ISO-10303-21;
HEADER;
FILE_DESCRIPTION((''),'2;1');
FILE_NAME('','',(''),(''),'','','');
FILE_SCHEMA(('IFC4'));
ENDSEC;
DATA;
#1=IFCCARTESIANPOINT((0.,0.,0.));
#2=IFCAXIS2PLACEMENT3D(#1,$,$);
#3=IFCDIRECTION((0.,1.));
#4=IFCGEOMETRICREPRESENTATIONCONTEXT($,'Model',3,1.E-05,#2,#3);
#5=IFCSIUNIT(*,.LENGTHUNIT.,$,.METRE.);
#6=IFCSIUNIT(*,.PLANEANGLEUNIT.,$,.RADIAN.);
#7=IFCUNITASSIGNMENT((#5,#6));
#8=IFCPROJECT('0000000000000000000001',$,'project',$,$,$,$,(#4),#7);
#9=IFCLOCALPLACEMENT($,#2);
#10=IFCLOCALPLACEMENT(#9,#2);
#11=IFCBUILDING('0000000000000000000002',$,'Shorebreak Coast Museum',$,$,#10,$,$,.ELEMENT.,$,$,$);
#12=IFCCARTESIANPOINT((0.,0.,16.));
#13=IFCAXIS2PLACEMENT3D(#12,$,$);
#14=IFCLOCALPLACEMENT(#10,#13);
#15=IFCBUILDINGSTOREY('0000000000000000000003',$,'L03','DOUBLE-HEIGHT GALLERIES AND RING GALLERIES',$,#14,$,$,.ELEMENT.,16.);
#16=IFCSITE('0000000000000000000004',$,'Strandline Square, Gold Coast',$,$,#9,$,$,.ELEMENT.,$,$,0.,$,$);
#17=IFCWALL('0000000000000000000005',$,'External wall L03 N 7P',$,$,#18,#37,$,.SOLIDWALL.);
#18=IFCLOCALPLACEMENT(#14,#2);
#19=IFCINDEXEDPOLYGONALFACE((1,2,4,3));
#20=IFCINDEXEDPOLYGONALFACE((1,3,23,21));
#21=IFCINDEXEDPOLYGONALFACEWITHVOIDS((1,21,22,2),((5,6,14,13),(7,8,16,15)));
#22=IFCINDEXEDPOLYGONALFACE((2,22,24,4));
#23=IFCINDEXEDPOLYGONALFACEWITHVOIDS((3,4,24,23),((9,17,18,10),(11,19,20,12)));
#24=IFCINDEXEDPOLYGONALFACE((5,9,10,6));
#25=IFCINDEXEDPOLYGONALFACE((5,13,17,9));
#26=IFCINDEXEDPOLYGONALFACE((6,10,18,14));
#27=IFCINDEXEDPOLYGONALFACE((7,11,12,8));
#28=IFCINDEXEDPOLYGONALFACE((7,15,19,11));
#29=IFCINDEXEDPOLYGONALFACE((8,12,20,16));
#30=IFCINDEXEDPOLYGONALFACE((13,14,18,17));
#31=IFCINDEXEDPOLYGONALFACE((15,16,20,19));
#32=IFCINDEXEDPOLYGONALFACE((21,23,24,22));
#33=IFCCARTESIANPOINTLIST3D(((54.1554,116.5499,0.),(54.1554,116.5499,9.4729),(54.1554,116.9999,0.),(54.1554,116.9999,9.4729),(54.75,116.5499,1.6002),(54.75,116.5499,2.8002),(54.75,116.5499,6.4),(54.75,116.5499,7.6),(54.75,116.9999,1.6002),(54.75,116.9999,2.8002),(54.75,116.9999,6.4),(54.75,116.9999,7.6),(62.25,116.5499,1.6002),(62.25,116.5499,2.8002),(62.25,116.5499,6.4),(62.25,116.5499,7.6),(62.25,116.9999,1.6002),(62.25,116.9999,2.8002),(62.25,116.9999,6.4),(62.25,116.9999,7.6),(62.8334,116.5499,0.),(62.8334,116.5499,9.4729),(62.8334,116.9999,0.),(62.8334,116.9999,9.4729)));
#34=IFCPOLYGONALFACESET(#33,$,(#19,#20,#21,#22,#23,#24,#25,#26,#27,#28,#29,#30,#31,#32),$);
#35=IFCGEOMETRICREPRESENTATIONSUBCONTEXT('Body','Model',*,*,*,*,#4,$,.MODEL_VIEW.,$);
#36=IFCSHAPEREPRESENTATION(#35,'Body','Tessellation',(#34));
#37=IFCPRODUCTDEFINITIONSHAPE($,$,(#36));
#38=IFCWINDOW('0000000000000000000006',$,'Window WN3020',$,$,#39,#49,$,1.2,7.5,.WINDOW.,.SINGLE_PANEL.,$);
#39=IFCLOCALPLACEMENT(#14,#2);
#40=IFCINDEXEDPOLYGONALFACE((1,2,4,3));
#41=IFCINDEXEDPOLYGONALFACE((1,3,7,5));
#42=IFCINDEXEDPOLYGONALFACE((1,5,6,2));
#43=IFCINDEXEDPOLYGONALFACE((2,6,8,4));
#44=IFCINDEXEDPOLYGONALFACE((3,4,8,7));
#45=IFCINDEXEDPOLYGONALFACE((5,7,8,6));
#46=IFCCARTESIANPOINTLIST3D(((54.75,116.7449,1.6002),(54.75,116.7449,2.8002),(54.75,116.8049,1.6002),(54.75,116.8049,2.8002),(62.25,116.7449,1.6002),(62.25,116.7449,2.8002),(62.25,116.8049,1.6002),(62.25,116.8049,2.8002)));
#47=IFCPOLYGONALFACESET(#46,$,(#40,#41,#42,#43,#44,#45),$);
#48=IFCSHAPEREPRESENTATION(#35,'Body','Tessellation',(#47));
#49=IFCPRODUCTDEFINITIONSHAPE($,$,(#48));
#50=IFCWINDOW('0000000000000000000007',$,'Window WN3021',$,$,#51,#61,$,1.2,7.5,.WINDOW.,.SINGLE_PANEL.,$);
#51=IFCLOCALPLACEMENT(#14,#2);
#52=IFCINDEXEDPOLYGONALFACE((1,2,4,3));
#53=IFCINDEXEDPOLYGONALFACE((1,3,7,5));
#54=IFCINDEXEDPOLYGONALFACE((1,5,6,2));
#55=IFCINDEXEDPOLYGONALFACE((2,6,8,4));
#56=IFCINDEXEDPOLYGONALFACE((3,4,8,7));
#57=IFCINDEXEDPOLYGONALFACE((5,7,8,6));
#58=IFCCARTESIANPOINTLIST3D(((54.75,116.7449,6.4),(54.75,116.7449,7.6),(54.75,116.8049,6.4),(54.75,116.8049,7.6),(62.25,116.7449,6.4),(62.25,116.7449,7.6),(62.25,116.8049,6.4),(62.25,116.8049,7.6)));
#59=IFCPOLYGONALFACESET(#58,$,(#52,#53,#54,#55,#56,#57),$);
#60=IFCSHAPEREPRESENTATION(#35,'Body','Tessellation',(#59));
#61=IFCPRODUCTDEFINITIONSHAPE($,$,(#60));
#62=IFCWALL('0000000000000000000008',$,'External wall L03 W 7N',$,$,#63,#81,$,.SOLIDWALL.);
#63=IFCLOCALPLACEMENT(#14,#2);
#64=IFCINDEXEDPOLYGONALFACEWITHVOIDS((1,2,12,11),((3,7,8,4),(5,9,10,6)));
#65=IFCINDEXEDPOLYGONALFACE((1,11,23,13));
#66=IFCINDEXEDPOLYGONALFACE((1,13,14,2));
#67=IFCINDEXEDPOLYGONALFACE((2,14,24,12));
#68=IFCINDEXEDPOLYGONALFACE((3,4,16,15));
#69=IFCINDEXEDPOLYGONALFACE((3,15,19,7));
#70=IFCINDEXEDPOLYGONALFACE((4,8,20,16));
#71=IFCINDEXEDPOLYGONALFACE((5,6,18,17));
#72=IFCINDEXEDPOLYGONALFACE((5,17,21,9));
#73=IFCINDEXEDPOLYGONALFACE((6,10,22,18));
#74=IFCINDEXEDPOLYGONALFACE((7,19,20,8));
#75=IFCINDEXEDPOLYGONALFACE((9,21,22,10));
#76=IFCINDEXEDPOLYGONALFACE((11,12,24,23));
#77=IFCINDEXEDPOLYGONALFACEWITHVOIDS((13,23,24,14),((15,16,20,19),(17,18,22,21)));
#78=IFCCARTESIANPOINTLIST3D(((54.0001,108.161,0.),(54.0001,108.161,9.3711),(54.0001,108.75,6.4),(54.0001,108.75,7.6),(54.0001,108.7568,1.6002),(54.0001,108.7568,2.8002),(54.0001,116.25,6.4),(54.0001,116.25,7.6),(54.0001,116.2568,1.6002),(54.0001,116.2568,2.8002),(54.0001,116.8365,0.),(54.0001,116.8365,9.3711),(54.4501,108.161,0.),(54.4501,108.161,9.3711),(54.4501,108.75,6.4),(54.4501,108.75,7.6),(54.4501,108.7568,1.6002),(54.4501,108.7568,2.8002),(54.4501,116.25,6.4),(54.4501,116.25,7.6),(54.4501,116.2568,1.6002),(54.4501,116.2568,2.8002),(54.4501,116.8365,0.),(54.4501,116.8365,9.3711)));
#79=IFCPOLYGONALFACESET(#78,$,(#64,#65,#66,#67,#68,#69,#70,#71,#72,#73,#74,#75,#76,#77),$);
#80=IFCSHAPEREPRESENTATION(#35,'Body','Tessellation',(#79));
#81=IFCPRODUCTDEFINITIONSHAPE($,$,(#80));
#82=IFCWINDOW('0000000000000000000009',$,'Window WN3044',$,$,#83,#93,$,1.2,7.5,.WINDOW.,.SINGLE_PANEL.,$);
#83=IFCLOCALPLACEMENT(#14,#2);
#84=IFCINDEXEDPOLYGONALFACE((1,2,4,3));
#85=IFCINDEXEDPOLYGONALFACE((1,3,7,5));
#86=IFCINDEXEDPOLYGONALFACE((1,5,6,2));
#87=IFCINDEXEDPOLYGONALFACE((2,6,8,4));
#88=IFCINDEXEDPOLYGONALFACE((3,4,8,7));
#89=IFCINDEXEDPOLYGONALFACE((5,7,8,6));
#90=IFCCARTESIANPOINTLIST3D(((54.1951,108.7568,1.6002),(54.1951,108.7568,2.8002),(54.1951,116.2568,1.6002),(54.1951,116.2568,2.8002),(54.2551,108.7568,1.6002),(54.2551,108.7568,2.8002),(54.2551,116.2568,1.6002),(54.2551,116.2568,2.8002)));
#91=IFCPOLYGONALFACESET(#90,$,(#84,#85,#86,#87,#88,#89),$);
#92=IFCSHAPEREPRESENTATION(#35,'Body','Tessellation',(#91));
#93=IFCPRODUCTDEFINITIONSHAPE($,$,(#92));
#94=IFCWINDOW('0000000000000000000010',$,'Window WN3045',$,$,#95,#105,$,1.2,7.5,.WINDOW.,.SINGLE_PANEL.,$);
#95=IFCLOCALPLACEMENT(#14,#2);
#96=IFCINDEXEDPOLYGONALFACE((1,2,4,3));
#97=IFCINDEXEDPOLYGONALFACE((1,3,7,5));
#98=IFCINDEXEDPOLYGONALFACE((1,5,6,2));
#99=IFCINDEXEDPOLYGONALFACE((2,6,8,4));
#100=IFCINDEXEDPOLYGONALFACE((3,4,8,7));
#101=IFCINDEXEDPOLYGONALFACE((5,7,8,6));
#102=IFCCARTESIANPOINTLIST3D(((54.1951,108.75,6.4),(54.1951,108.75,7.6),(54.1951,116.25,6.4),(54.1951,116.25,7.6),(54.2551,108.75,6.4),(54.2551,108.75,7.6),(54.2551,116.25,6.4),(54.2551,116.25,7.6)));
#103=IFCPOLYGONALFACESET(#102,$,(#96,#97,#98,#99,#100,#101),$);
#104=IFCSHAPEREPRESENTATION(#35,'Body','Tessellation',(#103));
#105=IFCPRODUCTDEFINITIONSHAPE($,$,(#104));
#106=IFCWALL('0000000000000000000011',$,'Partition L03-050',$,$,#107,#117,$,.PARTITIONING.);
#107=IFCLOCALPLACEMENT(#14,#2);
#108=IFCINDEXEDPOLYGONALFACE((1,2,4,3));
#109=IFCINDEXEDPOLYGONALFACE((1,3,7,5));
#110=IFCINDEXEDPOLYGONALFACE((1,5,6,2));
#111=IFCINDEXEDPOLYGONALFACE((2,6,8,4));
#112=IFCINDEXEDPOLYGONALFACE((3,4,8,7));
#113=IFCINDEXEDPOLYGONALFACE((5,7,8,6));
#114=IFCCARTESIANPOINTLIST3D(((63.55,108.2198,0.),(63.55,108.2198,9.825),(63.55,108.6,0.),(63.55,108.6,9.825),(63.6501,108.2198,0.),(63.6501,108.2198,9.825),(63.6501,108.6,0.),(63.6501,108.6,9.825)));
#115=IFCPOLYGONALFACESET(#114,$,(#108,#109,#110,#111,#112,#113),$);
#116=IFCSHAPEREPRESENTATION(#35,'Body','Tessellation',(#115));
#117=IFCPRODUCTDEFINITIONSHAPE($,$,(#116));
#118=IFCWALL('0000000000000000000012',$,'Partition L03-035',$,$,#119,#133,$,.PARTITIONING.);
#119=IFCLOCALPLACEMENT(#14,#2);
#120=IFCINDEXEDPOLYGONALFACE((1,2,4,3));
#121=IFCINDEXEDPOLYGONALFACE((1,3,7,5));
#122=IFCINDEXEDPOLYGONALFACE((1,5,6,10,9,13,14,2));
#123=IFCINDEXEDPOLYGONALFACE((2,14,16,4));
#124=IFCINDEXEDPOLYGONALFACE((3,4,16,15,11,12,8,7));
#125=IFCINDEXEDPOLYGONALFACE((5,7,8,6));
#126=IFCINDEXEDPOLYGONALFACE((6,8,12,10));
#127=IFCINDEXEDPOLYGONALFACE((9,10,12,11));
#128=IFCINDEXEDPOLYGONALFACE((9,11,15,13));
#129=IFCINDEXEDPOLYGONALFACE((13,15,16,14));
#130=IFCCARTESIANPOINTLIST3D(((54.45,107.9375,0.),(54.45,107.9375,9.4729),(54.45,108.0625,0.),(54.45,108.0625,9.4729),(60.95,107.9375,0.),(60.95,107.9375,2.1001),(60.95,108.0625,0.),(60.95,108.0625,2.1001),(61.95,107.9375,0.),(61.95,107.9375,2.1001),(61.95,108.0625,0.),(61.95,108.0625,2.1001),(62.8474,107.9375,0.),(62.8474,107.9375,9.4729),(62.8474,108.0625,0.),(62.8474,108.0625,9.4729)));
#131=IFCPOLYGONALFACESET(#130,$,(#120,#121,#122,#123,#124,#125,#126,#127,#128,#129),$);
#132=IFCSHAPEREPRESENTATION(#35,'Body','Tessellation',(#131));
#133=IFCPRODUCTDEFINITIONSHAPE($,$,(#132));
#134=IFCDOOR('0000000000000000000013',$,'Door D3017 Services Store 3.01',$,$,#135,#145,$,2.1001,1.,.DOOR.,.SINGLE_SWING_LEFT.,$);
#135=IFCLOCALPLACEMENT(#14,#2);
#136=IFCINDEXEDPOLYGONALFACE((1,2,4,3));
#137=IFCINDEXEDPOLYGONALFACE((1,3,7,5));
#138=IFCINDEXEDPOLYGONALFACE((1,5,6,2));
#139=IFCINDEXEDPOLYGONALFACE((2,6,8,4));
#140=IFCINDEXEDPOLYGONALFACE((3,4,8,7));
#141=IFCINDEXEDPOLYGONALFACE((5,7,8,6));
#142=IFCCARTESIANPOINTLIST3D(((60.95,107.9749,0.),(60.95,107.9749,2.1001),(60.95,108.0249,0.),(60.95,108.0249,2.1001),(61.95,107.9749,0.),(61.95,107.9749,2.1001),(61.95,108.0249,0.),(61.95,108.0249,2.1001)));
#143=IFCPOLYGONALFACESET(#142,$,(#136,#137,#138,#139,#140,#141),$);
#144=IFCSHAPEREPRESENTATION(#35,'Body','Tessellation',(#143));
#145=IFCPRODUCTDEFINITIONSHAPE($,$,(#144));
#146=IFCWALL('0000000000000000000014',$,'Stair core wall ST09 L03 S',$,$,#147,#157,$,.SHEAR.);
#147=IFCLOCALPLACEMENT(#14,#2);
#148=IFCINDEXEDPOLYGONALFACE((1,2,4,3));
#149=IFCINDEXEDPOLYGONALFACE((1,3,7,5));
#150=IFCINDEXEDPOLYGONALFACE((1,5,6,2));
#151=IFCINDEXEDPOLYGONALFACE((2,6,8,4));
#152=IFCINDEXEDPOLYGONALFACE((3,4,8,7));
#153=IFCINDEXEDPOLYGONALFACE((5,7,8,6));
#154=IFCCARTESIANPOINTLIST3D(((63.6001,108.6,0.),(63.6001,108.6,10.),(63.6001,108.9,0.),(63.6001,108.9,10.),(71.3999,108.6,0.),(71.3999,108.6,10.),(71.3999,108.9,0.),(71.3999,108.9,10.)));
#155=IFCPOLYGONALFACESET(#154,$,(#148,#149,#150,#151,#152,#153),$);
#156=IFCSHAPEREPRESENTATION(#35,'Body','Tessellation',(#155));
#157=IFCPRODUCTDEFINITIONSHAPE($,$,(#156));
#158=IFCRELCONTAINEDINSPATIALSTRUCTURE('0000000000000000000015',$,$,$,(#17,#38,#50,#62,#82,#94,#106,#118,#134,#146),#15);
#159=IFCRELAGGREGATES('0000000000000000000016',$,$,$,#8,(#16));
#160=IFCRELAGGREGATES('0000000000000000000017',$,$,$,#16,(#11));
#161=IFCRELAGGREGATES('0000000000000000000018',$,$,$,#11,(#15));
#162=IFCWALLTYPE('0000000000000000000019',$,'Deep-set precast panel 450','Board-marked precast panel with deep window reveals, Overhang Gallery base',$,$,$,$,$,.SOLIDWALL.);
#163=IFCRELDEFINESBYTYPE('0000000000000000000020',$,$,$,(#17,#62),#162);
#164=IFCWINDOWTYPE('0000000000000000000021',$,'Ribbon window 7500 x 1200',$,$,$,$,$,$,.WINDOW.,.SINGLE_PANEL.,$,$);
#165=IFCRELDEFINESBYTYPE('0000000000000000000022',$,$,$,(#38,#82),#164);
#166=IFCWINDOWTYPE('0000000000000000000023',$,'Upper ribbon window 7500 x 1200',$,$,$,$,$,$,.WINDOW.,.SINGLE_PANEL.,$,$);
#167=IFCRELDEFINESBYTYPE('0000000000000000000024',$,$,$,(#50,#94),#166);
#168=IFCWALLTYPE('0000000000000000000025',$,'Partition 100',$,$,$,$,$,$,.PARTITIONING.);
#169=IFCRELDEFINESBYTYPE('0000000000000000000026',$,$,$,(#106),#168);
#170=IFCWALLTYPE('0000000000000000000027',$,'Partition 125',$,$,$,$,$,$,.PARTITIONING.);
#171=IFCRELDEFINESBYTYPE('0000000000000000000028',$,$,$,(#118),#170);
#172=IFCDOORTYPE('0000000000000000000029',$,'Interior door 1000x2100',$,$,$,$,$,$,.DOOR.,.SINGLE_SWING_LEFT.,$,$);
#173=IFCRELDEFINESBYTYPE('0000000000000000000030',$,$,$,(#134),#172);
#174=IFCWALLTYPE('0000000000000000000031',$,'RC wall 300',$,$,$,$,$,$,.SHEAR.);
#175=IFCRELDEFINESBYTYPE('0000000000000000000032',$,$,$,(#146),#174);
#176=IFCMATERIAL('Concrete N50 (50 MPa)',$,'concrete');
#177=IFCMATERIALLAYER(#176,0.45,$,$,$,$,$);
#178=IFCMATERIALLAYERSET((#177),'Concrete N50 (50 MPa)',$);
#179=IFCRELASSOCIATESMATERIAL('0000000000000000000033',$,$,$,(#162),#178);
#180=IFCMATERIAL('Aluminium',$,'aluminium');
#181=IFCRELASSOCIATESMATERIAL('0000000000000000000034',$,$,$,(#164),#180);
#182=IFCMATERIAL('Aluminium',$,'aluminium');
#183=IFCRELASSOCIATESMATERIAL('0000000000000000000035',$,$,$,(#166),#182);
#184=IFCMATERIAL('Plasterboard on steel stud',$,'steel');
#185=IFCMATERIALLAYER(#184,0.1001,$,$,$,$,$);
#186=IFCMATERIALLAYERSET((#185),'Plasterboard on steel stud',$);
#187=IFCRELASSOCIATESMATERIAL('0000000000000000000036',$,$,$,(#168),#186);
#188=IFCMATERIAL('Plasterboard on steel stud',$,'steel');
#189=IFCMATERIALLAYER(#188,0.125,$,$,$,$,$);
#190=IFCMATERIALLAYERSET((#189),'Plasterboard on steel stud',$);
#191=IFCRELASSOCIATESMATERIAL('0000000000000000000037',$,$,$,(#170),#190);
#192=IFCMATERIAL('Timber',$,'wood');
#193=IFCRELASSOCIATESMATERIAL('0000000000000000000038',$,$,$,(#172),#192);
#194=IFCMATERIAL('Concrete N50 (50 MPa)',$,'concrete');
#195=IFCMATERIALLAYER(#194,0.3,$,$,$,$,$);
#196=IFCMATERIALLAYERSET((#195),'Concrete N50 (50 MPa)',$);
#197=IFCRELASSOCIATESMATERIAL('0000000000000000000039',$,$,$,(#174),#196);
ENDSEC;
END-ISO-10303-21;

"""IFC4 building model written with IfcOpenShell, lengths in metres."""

from ifc_helpers import new_model, si_unit, direction, frame, frame_2d, origin, place, context, subcontext, project, spatial, rectangle, extrude, material, layer, layer_set, type_object, element, fill, save


model = new_model("IFC4")

# Units and contexts
model_context = context("Model", 3, precision=1e-05, world=origin(), true_north=direction((0.0, 1.0)))
body_context = subcontext(model_context, "Body", "Model", "MODEL_VIEW")
ifc_project = project(units=[si_unit("LENGTHUNIT", "METRE"), si_unit("PLANEANGLEUNIT", "RADIAN")], contexts=[model_context])

# Site, building, storey
site_placement = place(None, origin())
site = spatial("IfcSite", under=ifc_project, at=site_placement, Name="Strandline Square, Gold Coast", CompositionType="ELEMENT", RefElevation=0.0)
building_placement = place(site_placement, origin())
building = spatial("IfcBuilding", under=site, at=building_placement, Name="Shorebreak Coast Museum", CompositionType="ELEMENT")
storey_placement = place(building_placement, frame((0.0, 0.0, 16.0)))
storey = spatial("IfcBuildingStorey", under=building, at=storey_placement, Name="L03", Description="DOUBLE-HEIGHT GALLERIES AND RING GALLERIES", CompositionType="ELEMENT", Elevation=16.0)

# Walls, openings, windows
ifc_material_1 = material(Name="Concrete N50 (50 MPa)", Category="concrete")
ifc_layer_1 = layer(ifc_material_1, 0.45)
ifc_layer_set_1 = layer_set([ifc_layer_1], Name="Concrete N50 (50 MPa)")
wall_type_1 = type_object("IfcWallType", Name="Deep-set precast panel 450", Description="Board-marked precast panel with deep window reveals, Overhang Gallery base", PredefinedType="SOLIDWALL", material=ifc_layer_set_1)
wall_1_placement = place(storey_placement, frame((54.1555, 116.7749, 0.0), z_axis=(0.0, 0.0, 1.0), x_axis=(1.0, 0.0, 0.0)))
wall_1 = element("IfcWall", 1, at=wall_1_placement, inside=storey, type_object=wall_type_1, Name="External wall L03 N 7P", PredefinedType="SOLIDWALL", context=body_context, shape_type="SweptSolid", body=[
    extrude(rectangle(XDim=8.678, YDim=0.45, at=frame_2d((4.3389, 0.0))), origin(), (0.0, 0.0, 1.0), 9.4729),
])
opening_1_placement = place(wall_1_placement, frame((0.5945, 0.0, 1.6001)))
opening_1 = element("IfcOpeningElement", 2, at=opening_1_placement, cuts=wall_1, PredefinedType="OPENING", context=body_context, shape_type="SweptSolid", body=[
    extrude(rectangle(XDim=7.5, YDim=1.2, at=frame_2d((3.75, 0.6001))), frame((0.0, 0.2349, 0.0), z_axis=(0.0, -1.0, 0.0), x_axis=(1.0, 0.0, 0.0)), (0.0, 0.0, 1.0), 0.47),
])
opening_2_placement = place(wall_1_placement, frame((0.5945, 0.0, 6.3999)))
opening_2 = element("IfcOpeningElement", 3, at=opening_2_placement, cuts=wall_1, PredefinedType="OPENING", context=body_context, shape_type="SweptSolid", body=[
    extrude(rectangle(XDim=7.5, YDim=1.2, at=frame_2d((3.75, 0.6001))), frame((0.0, 0.2349, 0.0), z_axis=(0.0, -1.0, 0.0), x_axis=(1.0, 0.0, 0.0)), (0.0, 0.0, 1.0), 0.47),
])
ifc_material_2 = material(Name="Aluminium", Category="aluminium")
window_type_1 = type_object("IfcWindowType", Name="Ribbon window 7500 x 1200", PartitioningType="SINGLE_PANEL", PredefinedType="WINDOW", material=ifc_material_2)
window_1_placement = place(opening_1_placement, origin())
window_1 = element("IfcWindow", 4, at=window_1_placement, inside=storey, type_object=window_type_1, Name="Window WN3020", OverallHeight=1.2, OverallWidth=7.5, PartitioningType="SINGLE_PANEL", PredefinedType="WINDOW", context=body_context, shape_type="SweptSolid", body=[
    extrude(rectangle(XDim=7.5, YDim=1.2, at=frame_2d((3.75, 0.6001))), frame((0.0, 0.03, 0.0), z_axis=(0.0, -1.0, 0.0), x_axis=(1.0, 0.0, 0.0)), (0.0, 0.0, 1.0), 0.0601),
])
fill(opening_1, window_1)
ifc_material_3 = material(Name="Aluminium", Category="aluminium")
window_type_2 = type_object("IfcWindowType", Name="Upper ribbon window 7500 x 1200", PartitioningType="SINGLE_PANEL", PredefinedType="WINDOW", material=ifc_material_3)
window_2_placement = place(opening_2_placement, origin())
window_2 = element("IfcWindow", 5, at=window_2_placement, inside=storey, type_object=window_type_2, Name="Window WN3021", OverallHeight=1.2, OverallWidth=7.5, PartitioningType="SINGLE_PANEL", PredefinedType="WINDOW", context=body_context, shape_type="SweptSolid", body=[
    extrude(rectangle(XDim=7.5, YDim=1.2, at=frame_2d((3.75, 0.6001))), frame((0.0, 0.03, 0.0), z_axis=(0.0, -1.0, 0.0), x_axis=(1.0, 0.0, 0.0)), (0.0, 0.0, 1.0), 0.0601),
])
fill(opening_2, window_2)
wall_2_placement = place(storey_placement, frame((54.2251, 108.1609, 0.0), z_axis=(0.0, 0.0, 1.0), x_axis=(0.0, 1.0, 0.0)))
wall_2 = element("IfcWall", 6, at=wall_2_placement, inside=storey, type_object=wall_type_1, Name="External wall L03 W 7N", PredefinedType="SOLIDWALL", context=body_context, shape_type="SweptSolid", body=[
    extrude(rectangle(XDim=8.6755, YDim=0.45, at=frame_2d((4.3379, 0.0))), origin(), (0.0, 0.0, 1.0), 9.3711),
])
opening_3_placement = place(wall_2_placement, frame((0.5891, 0.0, 6.3999)))
opening_3 = element("IfcOpeningElement", 7, at=opening_3_placement, cuts=wall_2, PredefinedType="OPENING", context=body_context, shape_type="SweptSolid", body=[
    extrude(rectangle(XDim=7.5, YDim=1.2, at=frame_2d((3.75, 0.6001))), frame((0.0, 0.2349, 0.0), z_axis=(0.0, -1.0, 0.0), x_axis=(1.0, 0.0, 0.0)), (0.0, 0.0, 1.0), 0.47),
])
opening_4_placement = place(wall_2_placement, frame((0.5959, 0.0, 1.6001)))
opening_4 = element("IfcOpeningElement", 8, at=opening_4_placement, cuts=wall_2, PredefinedType="OPENING", context=body_context, shape_type="SweptSolid", body=[
    extrude(rectangle(XDim=7.5, YDim=1.2, at=frame_2d((3.75, 0.6001))), frame((0.0, 0.2349, 0.0), z_axis=(0.0, -1.0, 0.0), x_axis=(1.0, 0.0, 0.0)), (0.0, 0.0, 1.0), 0.47),
])
window_3_placement = place(opening_4_placement, origin())
window_3 = element("IfcWindow", 9, at=window_3_placement, inside=storey, type_object=window_type_1, Name="Window WN3044", OverallHeight=1.2, OverallWidth=7.5, PartitioningType="SINGLE_PANEL", PredefinedType="WINDOW", context=body_context, shape_type="SweptSolid", body=[
    extrude(rectangle(XDim=7.5, YDim=1.2, at=frame_2d((3.75, 0.6001))), frame((0.0, 0.03, 0.0), z_axis=(0.0, -1.0, 0.0), x_axis=(1.0, 0.0, 0.0)), (0.0, 0.0, 1.0), 0.0601),
])
fill(opening_4, window_3)
window_4_placement = place(opening_3_placement, origin())
window_4 = element("IfcWindow", 10, at=window_4_placement, inside=storey, type_object=window_type_2, Name="Window WN3045", OverallHeight=1.2, OverallWidth=7.5, PartitioningType="SINGLE_PANEL", PredefinedType="WINDOW", context=body_context, shape_type="SweptSolid", body=[
    extrude(rectangle(XDim=7.5, YDim=1.2, at=frame_2d((3.75, 0.6001))), frame((0.0, 0.03, 0.0), z_axis=(0.0, -1.0, 0.0), x_axis=(1.0, 0.0, 0.0)), (0.0, 0.0, 1.0), 0.0601),
])
fill(opening_3, window_4)

# Wall
ifc_material_4 = material(Name="Plasterboard on steel stud", Category="steel")
ifc_layer_2 = layer(ifc_material_4, 0.1001)
ifc_layer_set_2 = layer_set([ifc_layer_2], Name="Plasterboard on steel stud")
wall_type_2 = type_object("IfcWallType", Name="Partition 100", PredefinedType="PARTITIONING", material=ifc_layer_set_2)
wall_3_placement = place(storey_placement, frame((63.6001, 108.22, 0.0), z_axis=(0.0, 0.0, 1.0), x_axis=(0.0, 1.0, 0.0)))
element("IfcWall", 11, at=wall_3_placement, inside=storey, type_object=wall_type_2, Name="Partition L03-050", PredefinedType="PARTITIONING", context=body_context, shape_type="SweptSolid", body=[
    extrude(rectangle(XDim=0.3801, YDim=0.1001, at=frame_2d((0.1899, 0.0))), origin(), (0.0, 0.0, 1.0), 9.825),
])

# Wall, opening, door
ifc_material_5 = material(Name="Plasterboard on steel stud", Category="steel")
ifc_layer_3 = layer(ifc_material_5, 0.125)
ifc_layer_set_3 = layer_set([ifc_layer_3], Name="Plasterboard on steel stud")
wall_type_3 = type_object("IfcWallType", Name="Partition 125", PredefinedType="PARTITIONING", material=ifc_layer_set_3)
wall_4_placement = place(storey_placement, frame((54.45, 108.0, 0.0), z_axis=(0.0, 0.0, 1.0), x_axis=(1.0, 0.0, 0.0)))
wall_4 = element("IfcWall", 12, at=wall_4_placement, inside=storey, type_object=wall_type_3, Name="Partition L03-035", PredefinedType="PARTITIONING", context=body_context, shape_type="SweptSolid", body=[
    extrude(rectangle(XDim=8.3975, YDim=0.125, at=frame_2d((4.1987, 0.0))), origin(), (0.0, 0.0, 1.0), 9.4729),
])
opening_5_placement = place(wall_4_placement, frame((6.5, 0.0, 0.0)))
opening_5 = element("IfcOpeningElement", 13, at=opening_5_placement, cuts=wall_4, PredefinedType="OPENING", context=body_context, shape_type="SweptSolid", body=[
    extrude(rectangle(XDim=1.0, YDim=2.1001, at=frame_2d((0.5, 1.05))), frame((0.0, 0.0725, 0.0), z_axis=(0.0, -1.0, 0.0), x_axis=(1.0, 0.0, 0.0)), (0.0, 0.0, 1.0), 0.145),
])
ifc_material_6 = material(Name="Timber", Category="wood")
door_type = type_object("IfcDoorType", Name="Interior door 1000x2100", OperationType="SINGLE_SWING_LEFT", PredefinedType="DOOR", material=ifc_material_6)
door_placement = place(opening_5_placement, origin())
door = element("IfcDoor", 14, at=door_placement, inside=storey, type_object=door_type, Name="Door D3017 Services Store 3.01", OperationType="SINGLE_SWING_LEFT", OverallHeight=2.1001, OverallWidth=1.0, PredefinedType="DOOR", context=body_context, shape_type="SweptSolid", body=[
    extrude(rectangle(XDim=1.0, YDim=2.1001, at=frame_2d((0.5, 1.05))), frame((0.0, 0.0249, 0.0), z_axis=(0.0, -1.0, 0.0), x_axis=(1.0, 0.0, 0.0)), (0.0, 0.0, 1.0), 0.05),
])
fill(opening_5, door)

# Wall
ifc_material_7 = material(Name="Concrete N50 (50 MPa)", Category="concrete")
ifc_layer_4 = layer(ifc_material_7, 0.3)
ifc_layer_set_4 = layer_set([ifc_layer_4], Name="Concrete N50 (50 MPa)")
wall_type_4 = type_object("IfcWallType", Name="RC wall 300", PredefinedType="SHEAR", material=ifc_layer_set_4)
wall_5_placement = place(storey_placement, frame((63.6001, 108.75, 0.0), z_axis=(0.0, 0.0, 1.0), x_axis=(1.0, 0.0, 0.0)))
element("IfcWall", 15, at=wall_5_placement, inside=storey, type_object=wall_type_4, Name="Stair core wall ST09 L03 S", PredefinedType="SHEAR", context=body_context, shape_type="SweptSolid", body=[
    extrude(rectangle(XDim=7.7998, YDim=0.3, at=frame_2d((3.8999, 0.0))), origin(), (0.0, 0.0, 1.0), 10.0),
])

save(model, "model.ifc")
